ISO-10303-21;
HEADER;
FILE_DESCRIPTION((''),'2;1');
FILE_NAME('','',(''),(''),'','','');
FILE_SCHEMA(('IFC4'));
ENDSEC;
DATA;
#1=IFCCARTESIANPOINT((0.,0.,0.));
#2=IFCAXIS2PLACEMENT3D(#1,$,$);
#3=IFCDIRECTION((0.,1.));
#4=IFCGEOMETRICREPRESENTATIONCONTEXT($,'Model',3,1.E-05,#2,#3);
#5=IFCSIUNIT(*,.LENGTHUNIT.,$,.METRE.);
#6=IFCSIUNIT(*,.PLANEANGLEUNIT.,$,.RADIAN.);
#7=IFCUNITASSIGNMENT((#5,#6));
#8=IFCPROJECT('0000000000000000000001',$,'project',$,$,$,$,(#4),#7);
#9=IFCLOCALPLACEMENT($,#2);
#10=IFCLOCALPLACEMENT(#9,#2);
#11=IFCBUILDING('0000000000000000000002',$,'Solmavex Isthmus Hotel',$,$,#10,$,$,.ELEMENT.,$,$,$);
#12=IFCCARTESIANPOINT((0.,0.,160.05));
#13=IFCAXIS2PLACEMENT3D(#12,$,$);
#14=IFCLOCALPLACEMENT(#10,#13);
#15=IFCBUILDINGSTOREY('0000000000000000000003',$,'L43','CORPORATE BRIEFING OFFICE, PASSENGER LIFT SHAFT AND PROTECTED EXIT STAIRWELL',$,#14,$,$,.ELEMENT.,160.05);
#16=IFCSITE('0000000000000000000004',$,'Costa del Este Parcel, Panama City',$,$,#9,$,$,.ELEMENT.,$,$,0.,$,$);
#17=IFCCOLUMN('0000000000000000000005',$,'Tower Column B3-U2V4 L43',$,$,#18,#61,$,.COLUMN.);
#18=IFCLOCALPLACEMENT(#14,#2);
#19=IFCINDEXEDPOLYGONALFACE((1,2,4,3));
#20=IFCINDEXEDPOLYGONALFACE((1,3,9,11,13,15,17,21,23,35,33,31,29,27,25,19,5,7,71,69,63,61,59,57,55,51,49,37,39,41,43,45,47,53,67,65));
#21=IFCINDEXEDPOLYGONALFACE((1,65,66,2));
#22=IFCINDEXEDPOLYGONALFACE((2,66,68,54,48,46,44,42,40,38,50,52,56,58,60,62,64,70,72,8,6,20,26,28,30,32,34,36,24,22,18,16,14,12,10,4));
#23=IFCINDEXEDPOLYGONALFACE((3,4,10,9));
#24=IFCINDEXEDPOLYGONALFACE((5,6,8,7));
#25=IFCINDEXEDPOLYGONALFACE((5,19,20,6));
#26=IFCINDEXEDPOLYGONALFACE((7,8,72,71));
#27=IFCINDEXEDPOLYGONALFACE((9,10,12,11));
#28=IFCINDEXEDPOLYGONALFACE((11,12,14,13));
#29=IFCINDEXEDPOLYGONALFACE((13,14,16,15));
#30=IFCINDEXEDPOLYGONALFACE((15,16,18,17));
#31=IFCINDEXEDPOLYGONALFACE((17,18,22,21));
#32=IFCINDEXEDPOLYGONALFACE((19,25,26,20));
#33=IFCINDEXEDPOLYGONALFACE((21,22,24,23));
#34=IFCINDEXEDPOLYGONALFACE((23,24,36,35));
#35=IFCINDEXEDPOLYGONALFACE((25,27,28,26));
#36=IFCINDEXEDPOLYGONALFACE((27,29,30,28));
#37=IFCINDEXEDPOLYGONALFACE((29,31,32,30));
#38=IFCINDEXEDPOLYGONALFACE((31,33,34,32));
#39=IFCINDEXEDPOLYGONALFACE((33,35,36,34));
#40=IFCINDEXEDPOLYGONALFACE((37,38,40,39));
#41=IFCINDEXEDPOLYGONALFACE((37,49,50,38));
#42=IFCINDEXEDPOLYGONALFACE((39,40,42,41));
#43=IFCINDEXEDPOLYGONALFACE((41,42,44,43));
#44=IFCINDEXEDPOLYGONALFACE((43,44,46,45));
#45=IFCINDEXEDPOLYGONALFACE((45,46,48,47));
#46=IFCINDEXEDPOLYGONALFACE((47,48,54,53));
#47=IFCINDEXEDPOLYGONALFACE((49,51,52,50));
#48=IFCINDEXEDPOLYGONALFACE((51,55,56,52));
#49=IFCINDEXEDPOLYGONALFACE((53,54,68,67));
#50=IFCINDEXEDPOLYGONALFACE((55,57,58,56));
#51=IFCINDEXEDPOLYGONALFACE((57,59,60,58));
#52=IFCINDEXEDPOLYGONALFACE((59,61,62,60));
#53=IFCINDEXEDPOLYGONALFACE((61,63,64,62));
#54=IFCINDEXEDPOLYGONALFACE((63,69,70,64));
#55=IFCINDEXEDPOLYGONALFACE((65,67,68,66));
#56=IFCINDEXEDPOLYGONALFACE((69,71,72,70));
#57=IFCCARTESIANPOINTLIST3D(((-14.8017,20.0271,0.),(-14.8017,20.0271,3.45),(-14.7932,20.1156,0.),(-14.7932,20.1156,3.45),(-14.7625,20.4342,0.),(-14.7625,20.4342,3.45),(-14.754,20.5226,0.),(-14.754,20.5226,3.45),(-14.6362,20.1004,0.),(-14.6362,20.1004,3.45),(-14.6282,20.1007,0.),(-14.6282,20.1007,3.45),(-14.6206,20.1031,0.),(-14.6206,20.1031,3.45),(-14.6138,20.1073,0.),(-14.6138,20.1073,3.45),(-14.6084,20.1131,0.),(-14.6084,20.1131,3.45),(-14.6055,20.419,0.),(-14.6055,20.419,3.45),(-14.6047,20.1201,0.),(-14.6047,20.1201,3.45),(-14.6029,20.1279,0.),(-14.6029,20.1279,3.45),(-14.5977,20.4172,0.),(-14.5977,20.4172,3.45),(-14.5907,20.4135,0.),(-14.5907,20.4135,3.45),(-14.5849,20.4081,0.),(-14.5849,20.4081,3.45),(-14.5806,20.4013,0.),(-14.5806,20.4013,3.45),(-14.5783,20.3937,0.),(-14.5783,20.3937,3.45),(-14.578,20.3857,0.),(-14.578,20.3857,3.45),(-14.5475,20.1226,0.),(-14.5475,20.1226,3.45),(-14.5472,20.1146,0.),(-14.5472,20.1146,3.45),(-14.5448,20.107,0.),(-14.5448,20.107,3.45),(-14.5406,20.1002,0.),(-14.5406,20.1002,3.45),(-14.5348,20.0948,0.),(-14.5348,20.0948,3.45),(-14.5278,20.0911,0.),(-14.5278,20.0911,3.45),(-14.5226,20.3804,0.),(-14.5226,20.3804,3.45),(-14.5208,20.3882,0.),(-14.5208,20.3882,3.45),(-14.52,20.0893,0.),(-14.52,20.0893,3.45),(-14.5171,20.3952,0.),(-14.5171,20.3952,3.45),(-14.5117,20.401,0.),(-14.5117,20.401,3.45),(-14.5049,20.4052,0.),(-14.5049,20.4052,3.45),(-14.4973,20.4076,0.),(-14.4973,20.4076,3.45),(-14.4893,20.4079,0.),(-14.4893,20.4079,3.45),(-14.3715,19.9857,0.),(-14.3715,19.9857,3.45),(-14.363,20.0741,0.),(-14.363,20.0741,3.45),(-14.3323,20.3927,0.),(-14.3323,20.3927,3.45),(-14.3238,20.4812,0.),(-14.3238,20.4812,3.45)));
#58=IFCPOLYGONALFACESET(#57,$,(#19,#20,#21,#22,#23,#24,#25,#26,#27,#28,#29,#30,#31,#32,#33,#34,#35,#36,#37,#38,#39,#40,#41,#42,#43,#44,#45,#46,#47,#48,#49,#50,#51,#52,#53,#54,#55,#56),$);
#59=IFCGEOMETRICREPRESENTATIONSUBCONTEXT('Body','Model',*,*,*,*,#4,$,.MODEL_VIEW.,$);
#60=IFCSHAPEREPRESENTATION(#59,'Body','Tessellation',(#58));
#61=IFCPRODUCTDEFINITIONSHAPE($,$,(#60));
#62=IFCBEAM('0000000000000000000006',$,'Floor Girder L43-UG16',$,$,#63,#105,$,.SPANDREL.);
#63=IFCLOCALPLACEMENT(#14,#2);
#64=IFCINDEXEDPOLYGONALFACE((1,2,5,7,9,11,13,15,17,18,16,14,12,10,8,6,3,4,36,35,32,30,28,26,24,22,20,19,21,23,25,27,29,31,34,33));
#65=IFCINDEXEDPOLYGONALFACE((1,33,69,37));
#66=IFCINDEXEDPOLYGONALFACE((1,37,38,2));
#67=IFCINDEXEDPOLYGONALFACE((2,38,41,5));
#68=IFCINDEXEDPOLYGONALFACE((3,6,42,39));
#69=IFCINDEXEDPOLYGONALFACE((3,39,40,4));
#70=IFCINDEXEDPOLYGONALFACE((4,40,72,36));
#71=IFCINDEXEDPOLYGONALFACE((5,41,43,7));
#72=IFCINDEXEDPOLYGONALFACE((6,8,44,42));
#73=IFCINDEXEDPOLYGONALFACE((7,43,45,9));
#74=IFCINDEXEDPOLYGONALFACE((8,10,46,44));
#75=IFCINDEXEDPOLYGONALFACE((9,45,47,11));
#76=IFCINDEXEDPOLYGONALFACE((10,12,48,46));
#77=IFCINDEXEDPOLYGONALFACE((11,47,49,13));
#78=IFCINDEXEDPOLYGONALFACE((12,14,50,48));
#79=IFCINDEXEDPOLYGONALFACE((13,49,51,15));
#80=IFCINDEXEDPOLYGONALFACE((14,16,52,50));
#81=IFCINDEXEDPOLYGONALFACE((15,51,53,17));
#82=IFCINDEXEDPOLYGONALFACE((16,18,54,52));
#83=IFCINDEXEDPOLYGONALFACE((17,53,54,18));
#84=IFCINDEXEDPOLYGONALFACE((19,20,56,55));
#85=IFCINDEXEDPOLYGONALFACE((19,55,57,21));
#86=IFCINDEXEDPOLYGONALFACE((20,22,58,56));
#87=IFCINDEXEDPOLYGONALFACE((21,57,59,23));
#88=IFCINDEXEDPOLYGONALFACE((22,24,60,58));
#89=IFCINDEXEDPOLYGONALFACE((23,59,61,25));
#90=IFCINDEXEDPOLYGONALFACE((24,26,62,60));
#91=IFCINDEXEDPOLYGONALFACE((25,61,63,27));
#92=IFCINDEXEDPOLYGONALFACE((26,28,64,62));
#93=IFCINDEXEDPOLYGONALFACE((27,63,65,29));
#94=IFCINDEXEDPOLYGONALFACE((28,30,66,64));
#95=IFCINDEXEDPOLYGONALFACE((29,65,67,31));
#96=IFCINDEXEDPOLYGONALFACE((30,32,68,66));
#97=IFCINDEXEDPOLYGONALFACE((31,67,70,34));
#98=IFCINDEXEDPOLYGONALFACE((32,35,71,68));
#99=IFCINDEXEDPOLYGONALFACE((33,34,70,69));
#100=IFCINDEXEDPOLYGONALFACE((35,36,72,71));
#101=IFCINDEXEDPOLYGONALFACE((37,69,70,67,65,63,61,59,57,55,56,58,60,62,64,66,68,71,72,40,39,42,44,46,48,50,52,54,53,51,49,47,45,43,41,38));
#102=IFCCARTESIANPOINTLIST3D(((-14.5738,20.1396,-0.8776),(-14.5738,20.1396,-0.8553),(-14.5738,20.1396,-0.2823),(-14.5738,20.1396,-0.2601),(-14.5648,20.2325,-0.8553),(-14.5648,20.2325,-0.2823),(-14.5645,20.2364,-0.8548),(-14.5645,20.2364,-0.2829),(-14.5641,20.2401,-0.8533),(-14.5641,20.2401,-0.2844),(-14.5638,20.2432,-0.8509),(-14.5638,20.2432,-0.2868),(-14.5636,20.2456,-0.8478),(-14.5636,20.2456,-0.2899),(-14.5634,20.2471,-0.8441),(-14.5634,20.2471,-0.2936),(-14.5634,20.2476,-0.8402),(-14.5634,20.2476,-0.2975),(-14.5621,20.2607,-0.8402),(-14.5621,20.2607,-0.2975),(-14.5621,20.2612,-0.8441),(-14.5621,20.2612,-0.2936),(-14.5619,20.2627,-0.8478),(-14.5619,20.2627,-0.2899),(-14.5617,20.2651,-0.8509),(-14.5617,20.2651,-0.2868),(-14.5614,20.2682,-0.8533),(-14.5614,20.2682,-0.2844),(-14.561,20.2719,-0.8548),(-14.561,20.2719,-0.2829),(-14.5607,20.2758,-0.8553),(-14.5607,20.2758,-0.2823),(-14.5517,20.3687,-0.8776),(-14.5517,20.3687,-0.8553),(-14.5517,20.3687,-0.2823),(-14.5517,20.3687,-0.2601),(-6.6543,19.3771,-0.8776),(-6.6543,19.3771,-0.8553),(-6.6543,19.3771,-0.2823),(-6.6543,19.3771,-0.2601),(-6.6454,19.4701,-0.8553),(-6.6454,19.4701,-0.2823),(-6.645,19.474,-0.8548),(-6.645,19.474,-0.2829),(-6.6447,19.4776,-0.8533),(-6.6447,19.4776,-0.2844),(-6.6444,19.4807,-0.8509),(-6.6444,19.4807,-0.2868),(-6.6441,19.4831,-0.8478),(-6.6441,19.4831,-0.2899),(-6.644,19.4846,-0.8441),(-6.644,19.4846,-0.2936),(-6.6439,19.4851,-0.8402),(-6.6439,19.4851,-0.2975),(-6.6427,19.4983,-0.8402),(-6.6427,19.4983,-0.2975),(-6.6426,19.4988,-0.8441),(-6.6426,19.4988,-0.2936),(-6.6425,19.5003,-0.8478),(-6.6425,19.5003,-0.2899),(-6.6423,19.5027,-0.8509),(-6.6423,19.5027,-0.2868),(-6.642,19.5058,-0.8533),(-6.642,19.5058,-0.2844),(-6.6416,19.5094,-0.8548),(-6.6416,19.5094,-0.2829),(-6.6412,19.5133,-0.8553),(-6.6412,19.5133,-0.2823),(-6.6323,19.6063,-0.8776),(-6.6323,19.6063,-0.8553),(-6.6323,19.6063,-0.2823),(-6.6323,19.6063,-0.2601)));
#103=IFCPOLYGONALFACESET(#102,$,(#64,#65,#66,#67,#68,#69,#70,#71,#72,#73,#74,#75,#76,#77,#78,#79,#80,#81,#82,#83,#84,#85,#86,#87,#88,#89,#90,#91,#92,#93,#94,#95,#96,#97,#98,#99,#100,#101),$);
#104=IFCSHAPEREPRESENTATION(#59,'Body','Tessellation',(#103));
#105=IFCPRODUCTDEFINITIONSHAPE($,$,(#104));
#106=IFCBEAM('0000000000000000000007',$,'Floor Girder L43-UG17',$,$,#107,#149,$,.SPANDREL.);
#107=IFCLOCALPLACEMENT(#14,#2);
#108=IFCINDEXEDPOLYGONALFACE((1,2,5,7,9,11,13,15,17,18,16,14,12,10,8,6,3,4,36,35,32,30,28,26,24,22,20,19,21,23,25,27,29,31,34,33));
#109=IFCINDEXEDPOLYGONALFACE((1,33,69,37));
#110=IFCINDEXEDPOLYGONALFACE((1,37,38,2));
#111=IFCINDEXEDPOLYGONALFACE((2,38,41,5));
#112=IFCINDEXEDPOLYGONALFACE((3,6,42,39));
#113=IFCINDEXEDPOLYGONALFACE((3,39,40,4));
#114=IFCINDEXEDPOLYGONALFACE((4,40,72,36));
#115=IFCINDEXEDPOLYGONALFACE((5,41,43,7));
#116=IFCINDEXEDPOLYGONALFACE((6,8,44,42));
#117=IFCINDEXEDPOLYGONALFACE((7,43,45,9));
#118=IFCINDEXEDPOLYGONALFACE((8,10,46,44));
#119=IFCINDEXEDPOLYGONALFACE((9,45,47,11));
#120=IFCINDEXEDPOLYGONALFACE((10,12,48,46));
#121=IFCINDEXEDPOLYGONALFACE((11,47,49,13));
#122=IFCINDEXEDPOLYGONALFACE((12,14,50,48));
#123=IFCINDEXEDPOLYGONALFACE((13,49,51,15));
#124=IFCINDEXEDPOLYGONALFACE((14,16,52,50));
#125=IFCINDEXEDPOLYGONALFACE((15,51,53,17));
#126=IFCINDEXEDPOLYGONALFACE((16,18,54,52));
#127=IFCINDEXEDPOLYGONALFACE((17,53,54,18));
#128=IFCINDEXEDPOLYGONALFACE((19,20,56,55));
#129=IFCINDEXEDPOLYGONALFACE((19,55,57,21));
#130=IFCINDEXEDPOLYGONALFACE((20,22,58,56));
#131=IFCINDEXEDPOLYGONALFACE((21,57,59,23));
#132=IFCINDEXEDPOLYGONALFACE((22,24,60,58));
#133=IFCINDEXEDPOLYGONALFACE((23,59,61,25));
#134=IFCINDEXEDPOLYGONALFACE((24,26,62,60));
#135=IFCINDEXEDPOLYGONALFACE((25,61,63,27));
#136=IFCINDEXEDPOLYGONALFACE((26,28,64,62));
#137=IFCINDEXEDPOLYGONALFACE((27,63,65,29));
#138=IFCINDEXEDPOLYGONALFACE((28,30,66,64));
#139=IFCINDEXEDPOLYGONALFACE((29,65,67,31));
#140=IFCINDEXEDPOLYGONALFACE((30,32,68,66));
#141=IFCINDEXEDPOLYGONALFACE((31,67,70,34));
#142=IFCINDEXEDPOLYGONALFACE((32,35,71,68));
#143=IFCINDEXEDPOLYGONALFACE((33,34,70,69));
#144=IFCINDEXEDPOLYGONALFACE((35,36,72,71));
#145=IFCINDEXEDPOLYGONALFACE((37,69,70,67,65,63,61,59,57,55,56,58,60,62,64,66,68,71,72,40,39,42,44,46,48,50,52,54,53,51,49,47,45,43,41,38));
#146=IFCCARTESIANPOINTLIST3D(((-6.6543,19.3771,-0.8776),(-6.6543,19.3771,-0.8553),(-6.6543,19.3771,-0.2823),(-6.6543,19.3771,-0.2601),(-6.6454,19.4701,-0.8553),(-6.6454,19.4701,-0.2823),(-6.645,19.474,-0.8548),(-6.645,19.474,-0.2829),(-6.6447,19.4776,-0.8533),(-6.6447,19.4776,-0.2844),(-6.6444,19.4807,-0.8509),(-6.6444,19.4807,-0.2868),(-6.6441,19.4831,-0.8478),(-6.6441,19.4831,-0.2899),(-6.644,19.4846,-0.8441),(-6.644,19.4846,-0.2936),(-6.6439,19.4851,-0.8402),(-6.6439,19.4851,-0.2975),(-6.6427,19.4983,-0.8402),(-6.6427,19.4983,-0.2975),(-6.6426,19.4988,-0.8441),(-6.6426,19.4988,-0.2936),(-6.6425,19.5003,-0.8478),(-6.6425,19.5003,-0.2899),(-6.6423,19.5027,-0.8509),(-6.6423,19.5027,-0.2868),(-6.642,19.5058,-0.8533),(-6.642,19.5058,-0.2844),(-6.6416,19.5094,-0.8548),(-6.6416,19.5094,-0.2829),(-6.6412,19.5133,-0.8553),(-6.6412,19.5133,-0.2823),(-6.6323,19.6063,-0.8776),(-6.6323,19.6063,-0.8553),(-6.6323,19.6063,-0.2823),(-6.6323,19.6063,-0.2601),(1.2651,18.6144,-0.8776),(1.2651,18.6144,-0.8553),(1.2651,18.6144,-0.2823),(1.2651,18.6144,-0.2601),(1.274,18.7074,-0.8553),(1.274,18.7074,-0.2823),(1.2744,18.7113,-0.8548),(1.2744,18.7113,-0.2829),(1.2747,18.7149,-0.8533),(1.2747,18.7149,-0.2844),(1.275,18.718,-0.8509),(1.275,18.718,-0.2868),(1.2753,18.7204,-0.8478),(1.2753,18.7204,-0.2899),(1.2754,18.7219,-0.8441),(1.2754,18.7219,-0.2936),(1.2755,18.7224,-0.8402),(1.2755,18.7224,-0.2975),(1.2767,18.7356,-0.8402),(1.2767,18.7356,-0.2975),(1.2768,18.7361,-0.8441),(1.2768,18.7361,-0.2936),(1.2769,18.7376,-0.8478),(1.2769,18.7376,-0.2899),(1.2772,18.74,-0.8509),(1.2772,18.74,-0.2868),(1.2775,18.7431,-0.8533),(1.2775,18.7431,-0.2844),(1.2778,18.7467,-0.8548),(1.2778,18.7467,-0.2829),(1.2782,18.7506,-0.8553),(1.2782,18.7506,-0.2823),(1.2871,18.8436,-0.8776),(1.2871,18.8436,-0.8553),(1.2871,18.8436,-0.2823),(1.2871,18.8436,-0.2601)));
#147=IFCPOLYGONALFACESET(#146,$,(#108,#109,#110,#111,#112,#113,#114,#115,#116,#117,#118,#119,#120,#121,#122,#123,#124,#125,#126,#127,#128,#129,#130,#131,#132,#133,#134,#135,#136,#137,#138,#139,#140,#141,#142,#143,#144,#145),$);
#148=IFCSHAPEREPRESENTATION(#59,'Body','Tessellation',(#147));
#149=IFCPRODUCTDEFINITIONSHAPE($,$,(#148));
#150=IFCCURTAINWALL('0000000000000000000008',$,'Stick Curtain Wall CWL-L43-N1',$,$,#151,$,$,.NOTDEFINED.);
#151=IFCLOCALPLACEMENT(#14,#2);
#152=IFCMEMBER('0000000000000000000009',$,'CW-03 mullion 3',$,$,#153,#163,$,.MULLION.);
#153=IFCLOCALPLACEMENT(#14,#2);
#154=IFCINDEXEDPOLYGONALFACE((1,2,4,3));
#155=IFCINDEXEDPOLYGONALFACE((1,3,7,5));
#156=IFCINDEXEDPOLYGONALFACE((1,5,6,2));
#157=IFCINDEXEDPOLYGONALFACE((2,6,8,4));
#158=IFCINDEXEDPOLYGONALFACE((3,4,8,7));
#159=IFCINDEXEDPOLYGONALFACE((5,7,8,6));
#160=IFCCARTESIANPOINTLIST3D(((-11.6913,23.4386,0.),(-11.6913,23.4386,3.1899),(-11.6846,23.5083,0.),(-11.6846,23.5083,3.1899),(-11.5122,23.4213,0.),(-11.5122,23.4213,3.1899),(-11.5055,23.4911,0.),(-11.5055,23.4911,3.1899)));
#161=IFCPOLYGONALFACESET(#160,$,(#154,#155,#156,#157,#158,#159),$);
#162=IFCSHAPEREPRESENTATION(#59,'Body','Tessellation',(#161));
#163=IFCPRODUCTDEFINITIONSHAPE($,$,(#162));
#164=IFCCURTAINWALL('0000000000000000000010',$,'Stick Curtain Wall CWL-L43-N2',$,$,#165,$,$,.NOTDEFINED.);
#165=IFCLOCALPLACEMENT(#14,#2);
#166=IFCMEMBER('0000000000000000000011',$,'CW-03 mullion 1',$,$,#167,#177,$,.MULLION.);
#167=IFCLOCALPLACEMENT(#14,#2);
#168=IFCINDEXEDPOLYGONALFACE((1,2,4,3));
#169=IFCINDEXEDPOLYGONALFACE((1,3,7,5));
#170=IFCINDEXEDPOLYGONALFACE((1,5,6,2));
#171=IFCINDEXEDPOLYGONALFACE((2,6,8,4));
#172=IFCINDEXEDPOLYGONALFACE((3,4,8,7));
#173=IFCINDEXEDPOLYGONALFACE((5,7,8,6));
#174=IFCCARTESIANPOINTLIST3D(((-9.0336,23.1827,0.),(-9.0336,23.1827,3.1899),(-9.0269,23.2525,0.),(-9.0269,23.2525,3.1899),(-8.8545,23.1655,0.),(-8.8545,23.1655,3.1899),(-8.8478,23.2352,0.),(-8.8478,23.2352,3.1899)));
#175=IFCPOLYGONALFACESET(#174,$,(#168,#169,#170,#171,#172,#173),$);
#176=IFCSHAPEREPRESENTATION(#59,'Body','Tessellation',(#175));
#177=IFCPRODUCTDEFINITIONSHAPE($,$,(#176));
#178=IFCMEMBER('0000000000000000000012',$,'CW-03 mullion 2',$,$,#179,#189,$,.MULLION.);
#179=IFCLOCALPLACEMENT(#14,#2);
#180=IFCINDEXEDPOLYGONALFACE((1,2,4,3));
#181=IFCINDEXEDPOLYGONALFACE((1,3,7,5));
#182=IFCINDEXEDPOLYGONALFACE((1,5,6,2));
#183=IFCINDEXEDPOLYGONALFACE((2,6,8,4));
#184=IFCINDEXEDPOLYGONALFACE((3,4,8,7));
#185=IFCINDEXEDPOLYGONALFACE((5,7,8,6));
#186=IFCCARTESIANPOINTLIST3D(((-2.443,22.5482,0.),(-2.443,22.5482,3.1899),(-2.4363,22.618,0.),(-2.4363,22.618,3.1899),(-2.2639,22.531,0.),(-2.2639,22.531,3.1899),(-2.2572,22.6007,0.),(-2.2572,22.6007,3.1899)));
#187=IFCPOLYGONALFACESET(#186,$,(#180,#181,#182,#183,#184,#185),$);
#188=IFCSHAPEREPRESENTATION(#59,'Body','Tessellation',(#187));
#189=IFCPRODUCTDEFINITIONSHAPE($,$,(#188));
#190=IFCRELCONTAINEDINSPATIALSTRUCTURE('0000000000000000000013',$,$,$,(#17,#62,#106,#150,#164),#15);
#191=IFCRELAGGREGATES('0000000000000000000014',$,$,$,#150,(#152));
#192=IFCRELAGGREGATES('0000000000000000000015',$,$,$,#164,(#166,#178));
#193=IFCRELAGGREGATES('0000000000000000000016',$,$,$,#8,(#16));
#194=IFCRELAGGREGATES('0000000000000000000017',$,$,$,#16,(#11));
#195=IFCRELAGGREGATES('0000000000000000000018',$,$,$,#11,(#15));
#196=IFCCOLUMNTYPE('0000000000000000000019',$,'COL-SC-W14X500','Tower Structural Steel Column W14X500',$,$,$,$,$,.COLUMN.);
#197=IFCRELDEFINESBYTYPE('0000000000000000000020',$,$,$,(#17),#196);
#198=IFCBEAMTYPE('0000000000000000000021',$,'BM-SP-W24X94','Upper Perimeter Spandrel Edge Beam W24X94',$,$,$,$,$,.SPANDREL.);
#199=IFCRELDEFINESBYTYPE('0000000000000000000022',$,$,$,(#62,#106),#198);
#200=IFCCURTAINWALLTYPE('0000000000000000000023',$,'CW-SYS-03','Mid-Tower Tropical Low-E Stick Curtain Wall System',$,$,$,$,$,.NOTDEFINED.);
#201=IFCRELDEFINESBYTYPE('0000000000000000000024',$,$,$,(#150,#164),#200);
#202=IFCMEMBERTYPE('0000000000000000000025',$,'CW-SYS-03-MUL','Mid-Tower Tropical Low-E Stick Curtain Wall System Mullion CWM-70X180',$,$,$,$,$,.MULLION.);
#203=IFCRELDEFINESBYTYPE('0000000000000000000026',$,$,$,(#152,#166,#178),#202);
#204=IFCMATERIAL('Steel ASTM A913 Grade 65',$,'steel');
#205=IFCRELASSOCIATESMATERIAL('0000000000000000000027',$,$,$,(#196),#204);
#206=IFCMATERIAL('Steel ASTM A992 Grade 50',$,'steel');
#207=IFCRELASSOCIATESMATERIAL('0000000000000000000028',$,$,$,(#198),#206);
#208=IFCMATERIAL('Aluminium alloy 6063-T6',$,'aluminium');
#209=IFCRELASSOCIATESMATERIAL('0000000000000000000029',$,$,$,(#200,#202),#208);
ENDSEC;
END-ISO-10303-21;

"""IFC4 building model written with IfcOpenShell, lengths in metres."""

from ifc_helpers import new_model, si_unit, direction, frame, origin, origin_2d, place, context, subcontext, project, spatial, rectangle, i_section, extrude, material, material_profile, profile_set, type_object, element, aggregate, save


model = new_model("IFC4")

# Units and contexts
model_context = context("Model", 3, precision=1e-05, world=origin(), true_north=direction((0.0, 1.0)))
body_context = subcontext(model_context, "Body", "Model", "MODEL_VIEW")
ifc_project = project(units=[si_unit("LENGTHUNIT", "METRE"), si_unit("PLANEANGLEUNIT", "RADIAN")], contexts=[model_context])

# Site, building, storey
site_placement = place(None, origin())
site = spatial("IfcSite", under=ifc_project, at=site_placement, Name="Costa del Este Parcel, Panama City", CompositionType="ELEMENT", RefElevation=0.0)
building_placement = place(site_placement, origin())
building = spatial("IfcBuilding", under=site, at=building_placement, Name="Solmavex Isthmus Hotel", CompositionType="ELEMENT")
storey_placement = place(building_placement, frame((0.0, 0.0, 160.05)))
storey = spatial("IfcBuildingStorey", under=building, at=storey_placement, Name="L43", Description="CORPORATE BRIEFING OFFICE, PASSENGER LIFT SHAFT AND PROTECTED EXIT STAIRWELL", CompositionType="ELEMENT", Elevation=160.05)

# Column
ifc_material_1 = material(Name="Steel ASTM A913 Grade 65", Category="steel")
ifc_material_profile_1 = material_profile(ifc_material_1, i_section(OverallWidth=0.4321, OverallDepth=0.4978, WebThickness=0.0557, FlangeThickness=0.0889, FilletRadius=0.0305, at=origin_2d()), Name="W14X500")
ifc_profile_set_1 = profile_set([ifc_material_profile_1], Name="Steel ASTM A913 Grade 65")
column_type = type_object("IfcColumnType", Name="COL-SC-W14X500", Description="Tower Structural Steel Column W14X500", PredefinedType="COLUMN", material=ifc_profile_set_1)
column_placement = place(storey_placement, frame((-14.5627, 20.2542, 0.0), z_axis=(0.0, 0.0, 1.0), x_axis=(0.995396, -0.095846, 0.0)))
element("IfcColumn", 1, at=column_placement, inside=storey, type_object=column_type, Name="Tower Column B3-U2V4 L43", PredefinedType="COLUMN", context=body_context, shape_type="SweptSolid", body=[
    extrude(i_section(OverallWidth=0.4321, OverallDepth=0.4978, WebThickness=0.0557, FlangeThickness=0.0889, FilletRadius=0.0305, at=origin_2d()), origin(), (0.0, 0.0, 1.0), 3.45),
])

# Beams
ifc_material_2 = material(Name="Steel ASTM A992 Grade 50", Category="steel")
ifc_material_profile_2 = material_profile(ifc_material_2, i_section(OverallWidth=0.2302, OverallDepth=0.6174, WebThickness=0.0132, FlangeThickness=0.0222, FilletRadius=0.0151, at=origin_2d()), Name="W24X94")
ifc_profile_set_2 = profile_set([ifc_material_profile_2], Name="Steel ASTM A992 Grade 50")
beam_type = type_object("IfcBeamType", Name="BM-SP-W24X94", Description="Upper Perimeter Spandrel Edge Beam W24X94", PredefinedType="SPANDREL", material=ifc_profile_set_2)
for number, where, z_axis, x_axis, name in (
    (2, (-14.5627, 20.2542, -0.5688), (0.995397, -0.095833, 0.0), (0.095833, 0.995397, 0.0), "Floor Girder L43-UG16"),
    (3, (-6.6433, 19.4917, -0.5688), (0.995395, -0.095863, 0.0), (0.095863, 0.995395, 0.0), "Floor Girder L43-UG17"),
):
    element("IfcBeam", number, at=place(storey_placement, frame(where, z_axis=z_axis, x_axis=x_axis)), inside=storey, type_object=beam_type, Name=name, PredefinedType="SPANDREL", context=body_context, shape_type="SweptSolid", body=[
        extrude(i_section(OverallWidth=0.2302, OverallDepth=0.6174, WebThickness=0.0132, FlangeThickness=0.0222, FilletRadius=0.0151, at=origin_2d()), origin(), (0.0, 0.0, 1.0), 7.9561),
    ])

# Curtain wall, member
ifc_material_3 = material(Name="Aluminium alloy 6063-T6", Category="aluminium")
curtain_wall_type = type_object("IfcCurtainWallType", Name="CW-SYS-03", Description="Mid-Tower Tropical Low-E Stick Curtain Wall System", PredefinedType="NOTDEFINED", material=ifc_material_3)
curtain_wall_1_placement = place(storey_placement, origin())
curtain_wall_1 = element("IfcCurtainWall", 4, at=curtain_wall_1_placement, inside=storey, type_object=curtain_wall_type, Name="Stick Curtain Wall CWL-L43-N1", PredefinedType="NOTDEFINED")
ifc_material_profile_3 = material_profile(ifc_material_3, rectangle(XDim=0.0701, YDim=0.1799, at=origin_2d()), Name="CWM-70X180")
ifc_profile_set_3 = profile_set([ifc_material_profile_3], Name="Aluminium alloy 6063-T6")
member_type_1 = type_object("IfcMemberType", Name="CW-SYS-03-MUL", Description="Mid-Tower Tropical Low-E Stick Curtain Wall System Mullion CWM-70X180", PredefinedType="MULLION", material=ifc_profile_set_3)
member_1_placement = place(storey_placement, frame((-11.5984, 23.4648, 0.0), z_axis=(0.0, 0.0, 1.0), x_axis=(0.095846, 0.995396, 0.0)))
member_1 = element("IfcMember", 5, at=member_1_placement, type_object=member_type_1, Name="CW-03 mullion 3", PredefinedType="MULLION", context=body_context, shape_type="SweptSolid", body=[
    extrude(rectangle(XDim=0.0701, YDim=0.1799, at=origin_2d()), origin(), (0.0, 0.0, 1.0), 3.1899),
])

# Curtain wall, members
curtain_wall_2_placement = place(storey_placement, origin())
curtain_wall_2 = element("IfcCurtainWall", 6, at=curtain_wall_2_placement, inside=storey, type_object=curtain_wall_type, Name="Stick Curtain Wall CWL-L43-N2", PredefinedType="NOTDEFINED")
member_2_placement = place(storey_placement, frame((-8.9407, 23.209, 0.0), z_axis=(0.0, 0.0, 1.0), x_axis=(0.095845, 0.995396, 0.0)))
member_2 = element("IfcMember", 7, at=member_2_placement, type_object=member_type_1, Name="CW-03 mullion 1", PredefinedType="MULLION", context=body_context, shape_type="SweptSolid", body=[
    extrude(rectangle(XDim=0.0701, YDim=0.1799, at=origin_2d()), origin(), (0.0, 0.0, 1.0), 3.1899),
])
member_3_placement = place(storey_placement, frame((-2.3501, 22.5745, 0.0), z_axis=(0.0, 0.0, 1.0), x_axis=(0.095845, 0.995396, 0.0)))
member_3 = element("IfcMember", 8, at=member_3_placement, type_object=member_type_1, Name="CW-03 mullion 2", PredefinedType="MULLION", context=body_context, shape_type="SweptSolid", body=[
    extrude(rectangle(XDim=0.0701, YDim=0.1799, at=origin_2d()), origin(), (0.0, 0.0, 1.0), 3.1899),
])

aggregate(curtain_wall_1, [member_1])
aggregate(curtain_wall_2, [member_2, member_3])

save(model, "model.ifc")
